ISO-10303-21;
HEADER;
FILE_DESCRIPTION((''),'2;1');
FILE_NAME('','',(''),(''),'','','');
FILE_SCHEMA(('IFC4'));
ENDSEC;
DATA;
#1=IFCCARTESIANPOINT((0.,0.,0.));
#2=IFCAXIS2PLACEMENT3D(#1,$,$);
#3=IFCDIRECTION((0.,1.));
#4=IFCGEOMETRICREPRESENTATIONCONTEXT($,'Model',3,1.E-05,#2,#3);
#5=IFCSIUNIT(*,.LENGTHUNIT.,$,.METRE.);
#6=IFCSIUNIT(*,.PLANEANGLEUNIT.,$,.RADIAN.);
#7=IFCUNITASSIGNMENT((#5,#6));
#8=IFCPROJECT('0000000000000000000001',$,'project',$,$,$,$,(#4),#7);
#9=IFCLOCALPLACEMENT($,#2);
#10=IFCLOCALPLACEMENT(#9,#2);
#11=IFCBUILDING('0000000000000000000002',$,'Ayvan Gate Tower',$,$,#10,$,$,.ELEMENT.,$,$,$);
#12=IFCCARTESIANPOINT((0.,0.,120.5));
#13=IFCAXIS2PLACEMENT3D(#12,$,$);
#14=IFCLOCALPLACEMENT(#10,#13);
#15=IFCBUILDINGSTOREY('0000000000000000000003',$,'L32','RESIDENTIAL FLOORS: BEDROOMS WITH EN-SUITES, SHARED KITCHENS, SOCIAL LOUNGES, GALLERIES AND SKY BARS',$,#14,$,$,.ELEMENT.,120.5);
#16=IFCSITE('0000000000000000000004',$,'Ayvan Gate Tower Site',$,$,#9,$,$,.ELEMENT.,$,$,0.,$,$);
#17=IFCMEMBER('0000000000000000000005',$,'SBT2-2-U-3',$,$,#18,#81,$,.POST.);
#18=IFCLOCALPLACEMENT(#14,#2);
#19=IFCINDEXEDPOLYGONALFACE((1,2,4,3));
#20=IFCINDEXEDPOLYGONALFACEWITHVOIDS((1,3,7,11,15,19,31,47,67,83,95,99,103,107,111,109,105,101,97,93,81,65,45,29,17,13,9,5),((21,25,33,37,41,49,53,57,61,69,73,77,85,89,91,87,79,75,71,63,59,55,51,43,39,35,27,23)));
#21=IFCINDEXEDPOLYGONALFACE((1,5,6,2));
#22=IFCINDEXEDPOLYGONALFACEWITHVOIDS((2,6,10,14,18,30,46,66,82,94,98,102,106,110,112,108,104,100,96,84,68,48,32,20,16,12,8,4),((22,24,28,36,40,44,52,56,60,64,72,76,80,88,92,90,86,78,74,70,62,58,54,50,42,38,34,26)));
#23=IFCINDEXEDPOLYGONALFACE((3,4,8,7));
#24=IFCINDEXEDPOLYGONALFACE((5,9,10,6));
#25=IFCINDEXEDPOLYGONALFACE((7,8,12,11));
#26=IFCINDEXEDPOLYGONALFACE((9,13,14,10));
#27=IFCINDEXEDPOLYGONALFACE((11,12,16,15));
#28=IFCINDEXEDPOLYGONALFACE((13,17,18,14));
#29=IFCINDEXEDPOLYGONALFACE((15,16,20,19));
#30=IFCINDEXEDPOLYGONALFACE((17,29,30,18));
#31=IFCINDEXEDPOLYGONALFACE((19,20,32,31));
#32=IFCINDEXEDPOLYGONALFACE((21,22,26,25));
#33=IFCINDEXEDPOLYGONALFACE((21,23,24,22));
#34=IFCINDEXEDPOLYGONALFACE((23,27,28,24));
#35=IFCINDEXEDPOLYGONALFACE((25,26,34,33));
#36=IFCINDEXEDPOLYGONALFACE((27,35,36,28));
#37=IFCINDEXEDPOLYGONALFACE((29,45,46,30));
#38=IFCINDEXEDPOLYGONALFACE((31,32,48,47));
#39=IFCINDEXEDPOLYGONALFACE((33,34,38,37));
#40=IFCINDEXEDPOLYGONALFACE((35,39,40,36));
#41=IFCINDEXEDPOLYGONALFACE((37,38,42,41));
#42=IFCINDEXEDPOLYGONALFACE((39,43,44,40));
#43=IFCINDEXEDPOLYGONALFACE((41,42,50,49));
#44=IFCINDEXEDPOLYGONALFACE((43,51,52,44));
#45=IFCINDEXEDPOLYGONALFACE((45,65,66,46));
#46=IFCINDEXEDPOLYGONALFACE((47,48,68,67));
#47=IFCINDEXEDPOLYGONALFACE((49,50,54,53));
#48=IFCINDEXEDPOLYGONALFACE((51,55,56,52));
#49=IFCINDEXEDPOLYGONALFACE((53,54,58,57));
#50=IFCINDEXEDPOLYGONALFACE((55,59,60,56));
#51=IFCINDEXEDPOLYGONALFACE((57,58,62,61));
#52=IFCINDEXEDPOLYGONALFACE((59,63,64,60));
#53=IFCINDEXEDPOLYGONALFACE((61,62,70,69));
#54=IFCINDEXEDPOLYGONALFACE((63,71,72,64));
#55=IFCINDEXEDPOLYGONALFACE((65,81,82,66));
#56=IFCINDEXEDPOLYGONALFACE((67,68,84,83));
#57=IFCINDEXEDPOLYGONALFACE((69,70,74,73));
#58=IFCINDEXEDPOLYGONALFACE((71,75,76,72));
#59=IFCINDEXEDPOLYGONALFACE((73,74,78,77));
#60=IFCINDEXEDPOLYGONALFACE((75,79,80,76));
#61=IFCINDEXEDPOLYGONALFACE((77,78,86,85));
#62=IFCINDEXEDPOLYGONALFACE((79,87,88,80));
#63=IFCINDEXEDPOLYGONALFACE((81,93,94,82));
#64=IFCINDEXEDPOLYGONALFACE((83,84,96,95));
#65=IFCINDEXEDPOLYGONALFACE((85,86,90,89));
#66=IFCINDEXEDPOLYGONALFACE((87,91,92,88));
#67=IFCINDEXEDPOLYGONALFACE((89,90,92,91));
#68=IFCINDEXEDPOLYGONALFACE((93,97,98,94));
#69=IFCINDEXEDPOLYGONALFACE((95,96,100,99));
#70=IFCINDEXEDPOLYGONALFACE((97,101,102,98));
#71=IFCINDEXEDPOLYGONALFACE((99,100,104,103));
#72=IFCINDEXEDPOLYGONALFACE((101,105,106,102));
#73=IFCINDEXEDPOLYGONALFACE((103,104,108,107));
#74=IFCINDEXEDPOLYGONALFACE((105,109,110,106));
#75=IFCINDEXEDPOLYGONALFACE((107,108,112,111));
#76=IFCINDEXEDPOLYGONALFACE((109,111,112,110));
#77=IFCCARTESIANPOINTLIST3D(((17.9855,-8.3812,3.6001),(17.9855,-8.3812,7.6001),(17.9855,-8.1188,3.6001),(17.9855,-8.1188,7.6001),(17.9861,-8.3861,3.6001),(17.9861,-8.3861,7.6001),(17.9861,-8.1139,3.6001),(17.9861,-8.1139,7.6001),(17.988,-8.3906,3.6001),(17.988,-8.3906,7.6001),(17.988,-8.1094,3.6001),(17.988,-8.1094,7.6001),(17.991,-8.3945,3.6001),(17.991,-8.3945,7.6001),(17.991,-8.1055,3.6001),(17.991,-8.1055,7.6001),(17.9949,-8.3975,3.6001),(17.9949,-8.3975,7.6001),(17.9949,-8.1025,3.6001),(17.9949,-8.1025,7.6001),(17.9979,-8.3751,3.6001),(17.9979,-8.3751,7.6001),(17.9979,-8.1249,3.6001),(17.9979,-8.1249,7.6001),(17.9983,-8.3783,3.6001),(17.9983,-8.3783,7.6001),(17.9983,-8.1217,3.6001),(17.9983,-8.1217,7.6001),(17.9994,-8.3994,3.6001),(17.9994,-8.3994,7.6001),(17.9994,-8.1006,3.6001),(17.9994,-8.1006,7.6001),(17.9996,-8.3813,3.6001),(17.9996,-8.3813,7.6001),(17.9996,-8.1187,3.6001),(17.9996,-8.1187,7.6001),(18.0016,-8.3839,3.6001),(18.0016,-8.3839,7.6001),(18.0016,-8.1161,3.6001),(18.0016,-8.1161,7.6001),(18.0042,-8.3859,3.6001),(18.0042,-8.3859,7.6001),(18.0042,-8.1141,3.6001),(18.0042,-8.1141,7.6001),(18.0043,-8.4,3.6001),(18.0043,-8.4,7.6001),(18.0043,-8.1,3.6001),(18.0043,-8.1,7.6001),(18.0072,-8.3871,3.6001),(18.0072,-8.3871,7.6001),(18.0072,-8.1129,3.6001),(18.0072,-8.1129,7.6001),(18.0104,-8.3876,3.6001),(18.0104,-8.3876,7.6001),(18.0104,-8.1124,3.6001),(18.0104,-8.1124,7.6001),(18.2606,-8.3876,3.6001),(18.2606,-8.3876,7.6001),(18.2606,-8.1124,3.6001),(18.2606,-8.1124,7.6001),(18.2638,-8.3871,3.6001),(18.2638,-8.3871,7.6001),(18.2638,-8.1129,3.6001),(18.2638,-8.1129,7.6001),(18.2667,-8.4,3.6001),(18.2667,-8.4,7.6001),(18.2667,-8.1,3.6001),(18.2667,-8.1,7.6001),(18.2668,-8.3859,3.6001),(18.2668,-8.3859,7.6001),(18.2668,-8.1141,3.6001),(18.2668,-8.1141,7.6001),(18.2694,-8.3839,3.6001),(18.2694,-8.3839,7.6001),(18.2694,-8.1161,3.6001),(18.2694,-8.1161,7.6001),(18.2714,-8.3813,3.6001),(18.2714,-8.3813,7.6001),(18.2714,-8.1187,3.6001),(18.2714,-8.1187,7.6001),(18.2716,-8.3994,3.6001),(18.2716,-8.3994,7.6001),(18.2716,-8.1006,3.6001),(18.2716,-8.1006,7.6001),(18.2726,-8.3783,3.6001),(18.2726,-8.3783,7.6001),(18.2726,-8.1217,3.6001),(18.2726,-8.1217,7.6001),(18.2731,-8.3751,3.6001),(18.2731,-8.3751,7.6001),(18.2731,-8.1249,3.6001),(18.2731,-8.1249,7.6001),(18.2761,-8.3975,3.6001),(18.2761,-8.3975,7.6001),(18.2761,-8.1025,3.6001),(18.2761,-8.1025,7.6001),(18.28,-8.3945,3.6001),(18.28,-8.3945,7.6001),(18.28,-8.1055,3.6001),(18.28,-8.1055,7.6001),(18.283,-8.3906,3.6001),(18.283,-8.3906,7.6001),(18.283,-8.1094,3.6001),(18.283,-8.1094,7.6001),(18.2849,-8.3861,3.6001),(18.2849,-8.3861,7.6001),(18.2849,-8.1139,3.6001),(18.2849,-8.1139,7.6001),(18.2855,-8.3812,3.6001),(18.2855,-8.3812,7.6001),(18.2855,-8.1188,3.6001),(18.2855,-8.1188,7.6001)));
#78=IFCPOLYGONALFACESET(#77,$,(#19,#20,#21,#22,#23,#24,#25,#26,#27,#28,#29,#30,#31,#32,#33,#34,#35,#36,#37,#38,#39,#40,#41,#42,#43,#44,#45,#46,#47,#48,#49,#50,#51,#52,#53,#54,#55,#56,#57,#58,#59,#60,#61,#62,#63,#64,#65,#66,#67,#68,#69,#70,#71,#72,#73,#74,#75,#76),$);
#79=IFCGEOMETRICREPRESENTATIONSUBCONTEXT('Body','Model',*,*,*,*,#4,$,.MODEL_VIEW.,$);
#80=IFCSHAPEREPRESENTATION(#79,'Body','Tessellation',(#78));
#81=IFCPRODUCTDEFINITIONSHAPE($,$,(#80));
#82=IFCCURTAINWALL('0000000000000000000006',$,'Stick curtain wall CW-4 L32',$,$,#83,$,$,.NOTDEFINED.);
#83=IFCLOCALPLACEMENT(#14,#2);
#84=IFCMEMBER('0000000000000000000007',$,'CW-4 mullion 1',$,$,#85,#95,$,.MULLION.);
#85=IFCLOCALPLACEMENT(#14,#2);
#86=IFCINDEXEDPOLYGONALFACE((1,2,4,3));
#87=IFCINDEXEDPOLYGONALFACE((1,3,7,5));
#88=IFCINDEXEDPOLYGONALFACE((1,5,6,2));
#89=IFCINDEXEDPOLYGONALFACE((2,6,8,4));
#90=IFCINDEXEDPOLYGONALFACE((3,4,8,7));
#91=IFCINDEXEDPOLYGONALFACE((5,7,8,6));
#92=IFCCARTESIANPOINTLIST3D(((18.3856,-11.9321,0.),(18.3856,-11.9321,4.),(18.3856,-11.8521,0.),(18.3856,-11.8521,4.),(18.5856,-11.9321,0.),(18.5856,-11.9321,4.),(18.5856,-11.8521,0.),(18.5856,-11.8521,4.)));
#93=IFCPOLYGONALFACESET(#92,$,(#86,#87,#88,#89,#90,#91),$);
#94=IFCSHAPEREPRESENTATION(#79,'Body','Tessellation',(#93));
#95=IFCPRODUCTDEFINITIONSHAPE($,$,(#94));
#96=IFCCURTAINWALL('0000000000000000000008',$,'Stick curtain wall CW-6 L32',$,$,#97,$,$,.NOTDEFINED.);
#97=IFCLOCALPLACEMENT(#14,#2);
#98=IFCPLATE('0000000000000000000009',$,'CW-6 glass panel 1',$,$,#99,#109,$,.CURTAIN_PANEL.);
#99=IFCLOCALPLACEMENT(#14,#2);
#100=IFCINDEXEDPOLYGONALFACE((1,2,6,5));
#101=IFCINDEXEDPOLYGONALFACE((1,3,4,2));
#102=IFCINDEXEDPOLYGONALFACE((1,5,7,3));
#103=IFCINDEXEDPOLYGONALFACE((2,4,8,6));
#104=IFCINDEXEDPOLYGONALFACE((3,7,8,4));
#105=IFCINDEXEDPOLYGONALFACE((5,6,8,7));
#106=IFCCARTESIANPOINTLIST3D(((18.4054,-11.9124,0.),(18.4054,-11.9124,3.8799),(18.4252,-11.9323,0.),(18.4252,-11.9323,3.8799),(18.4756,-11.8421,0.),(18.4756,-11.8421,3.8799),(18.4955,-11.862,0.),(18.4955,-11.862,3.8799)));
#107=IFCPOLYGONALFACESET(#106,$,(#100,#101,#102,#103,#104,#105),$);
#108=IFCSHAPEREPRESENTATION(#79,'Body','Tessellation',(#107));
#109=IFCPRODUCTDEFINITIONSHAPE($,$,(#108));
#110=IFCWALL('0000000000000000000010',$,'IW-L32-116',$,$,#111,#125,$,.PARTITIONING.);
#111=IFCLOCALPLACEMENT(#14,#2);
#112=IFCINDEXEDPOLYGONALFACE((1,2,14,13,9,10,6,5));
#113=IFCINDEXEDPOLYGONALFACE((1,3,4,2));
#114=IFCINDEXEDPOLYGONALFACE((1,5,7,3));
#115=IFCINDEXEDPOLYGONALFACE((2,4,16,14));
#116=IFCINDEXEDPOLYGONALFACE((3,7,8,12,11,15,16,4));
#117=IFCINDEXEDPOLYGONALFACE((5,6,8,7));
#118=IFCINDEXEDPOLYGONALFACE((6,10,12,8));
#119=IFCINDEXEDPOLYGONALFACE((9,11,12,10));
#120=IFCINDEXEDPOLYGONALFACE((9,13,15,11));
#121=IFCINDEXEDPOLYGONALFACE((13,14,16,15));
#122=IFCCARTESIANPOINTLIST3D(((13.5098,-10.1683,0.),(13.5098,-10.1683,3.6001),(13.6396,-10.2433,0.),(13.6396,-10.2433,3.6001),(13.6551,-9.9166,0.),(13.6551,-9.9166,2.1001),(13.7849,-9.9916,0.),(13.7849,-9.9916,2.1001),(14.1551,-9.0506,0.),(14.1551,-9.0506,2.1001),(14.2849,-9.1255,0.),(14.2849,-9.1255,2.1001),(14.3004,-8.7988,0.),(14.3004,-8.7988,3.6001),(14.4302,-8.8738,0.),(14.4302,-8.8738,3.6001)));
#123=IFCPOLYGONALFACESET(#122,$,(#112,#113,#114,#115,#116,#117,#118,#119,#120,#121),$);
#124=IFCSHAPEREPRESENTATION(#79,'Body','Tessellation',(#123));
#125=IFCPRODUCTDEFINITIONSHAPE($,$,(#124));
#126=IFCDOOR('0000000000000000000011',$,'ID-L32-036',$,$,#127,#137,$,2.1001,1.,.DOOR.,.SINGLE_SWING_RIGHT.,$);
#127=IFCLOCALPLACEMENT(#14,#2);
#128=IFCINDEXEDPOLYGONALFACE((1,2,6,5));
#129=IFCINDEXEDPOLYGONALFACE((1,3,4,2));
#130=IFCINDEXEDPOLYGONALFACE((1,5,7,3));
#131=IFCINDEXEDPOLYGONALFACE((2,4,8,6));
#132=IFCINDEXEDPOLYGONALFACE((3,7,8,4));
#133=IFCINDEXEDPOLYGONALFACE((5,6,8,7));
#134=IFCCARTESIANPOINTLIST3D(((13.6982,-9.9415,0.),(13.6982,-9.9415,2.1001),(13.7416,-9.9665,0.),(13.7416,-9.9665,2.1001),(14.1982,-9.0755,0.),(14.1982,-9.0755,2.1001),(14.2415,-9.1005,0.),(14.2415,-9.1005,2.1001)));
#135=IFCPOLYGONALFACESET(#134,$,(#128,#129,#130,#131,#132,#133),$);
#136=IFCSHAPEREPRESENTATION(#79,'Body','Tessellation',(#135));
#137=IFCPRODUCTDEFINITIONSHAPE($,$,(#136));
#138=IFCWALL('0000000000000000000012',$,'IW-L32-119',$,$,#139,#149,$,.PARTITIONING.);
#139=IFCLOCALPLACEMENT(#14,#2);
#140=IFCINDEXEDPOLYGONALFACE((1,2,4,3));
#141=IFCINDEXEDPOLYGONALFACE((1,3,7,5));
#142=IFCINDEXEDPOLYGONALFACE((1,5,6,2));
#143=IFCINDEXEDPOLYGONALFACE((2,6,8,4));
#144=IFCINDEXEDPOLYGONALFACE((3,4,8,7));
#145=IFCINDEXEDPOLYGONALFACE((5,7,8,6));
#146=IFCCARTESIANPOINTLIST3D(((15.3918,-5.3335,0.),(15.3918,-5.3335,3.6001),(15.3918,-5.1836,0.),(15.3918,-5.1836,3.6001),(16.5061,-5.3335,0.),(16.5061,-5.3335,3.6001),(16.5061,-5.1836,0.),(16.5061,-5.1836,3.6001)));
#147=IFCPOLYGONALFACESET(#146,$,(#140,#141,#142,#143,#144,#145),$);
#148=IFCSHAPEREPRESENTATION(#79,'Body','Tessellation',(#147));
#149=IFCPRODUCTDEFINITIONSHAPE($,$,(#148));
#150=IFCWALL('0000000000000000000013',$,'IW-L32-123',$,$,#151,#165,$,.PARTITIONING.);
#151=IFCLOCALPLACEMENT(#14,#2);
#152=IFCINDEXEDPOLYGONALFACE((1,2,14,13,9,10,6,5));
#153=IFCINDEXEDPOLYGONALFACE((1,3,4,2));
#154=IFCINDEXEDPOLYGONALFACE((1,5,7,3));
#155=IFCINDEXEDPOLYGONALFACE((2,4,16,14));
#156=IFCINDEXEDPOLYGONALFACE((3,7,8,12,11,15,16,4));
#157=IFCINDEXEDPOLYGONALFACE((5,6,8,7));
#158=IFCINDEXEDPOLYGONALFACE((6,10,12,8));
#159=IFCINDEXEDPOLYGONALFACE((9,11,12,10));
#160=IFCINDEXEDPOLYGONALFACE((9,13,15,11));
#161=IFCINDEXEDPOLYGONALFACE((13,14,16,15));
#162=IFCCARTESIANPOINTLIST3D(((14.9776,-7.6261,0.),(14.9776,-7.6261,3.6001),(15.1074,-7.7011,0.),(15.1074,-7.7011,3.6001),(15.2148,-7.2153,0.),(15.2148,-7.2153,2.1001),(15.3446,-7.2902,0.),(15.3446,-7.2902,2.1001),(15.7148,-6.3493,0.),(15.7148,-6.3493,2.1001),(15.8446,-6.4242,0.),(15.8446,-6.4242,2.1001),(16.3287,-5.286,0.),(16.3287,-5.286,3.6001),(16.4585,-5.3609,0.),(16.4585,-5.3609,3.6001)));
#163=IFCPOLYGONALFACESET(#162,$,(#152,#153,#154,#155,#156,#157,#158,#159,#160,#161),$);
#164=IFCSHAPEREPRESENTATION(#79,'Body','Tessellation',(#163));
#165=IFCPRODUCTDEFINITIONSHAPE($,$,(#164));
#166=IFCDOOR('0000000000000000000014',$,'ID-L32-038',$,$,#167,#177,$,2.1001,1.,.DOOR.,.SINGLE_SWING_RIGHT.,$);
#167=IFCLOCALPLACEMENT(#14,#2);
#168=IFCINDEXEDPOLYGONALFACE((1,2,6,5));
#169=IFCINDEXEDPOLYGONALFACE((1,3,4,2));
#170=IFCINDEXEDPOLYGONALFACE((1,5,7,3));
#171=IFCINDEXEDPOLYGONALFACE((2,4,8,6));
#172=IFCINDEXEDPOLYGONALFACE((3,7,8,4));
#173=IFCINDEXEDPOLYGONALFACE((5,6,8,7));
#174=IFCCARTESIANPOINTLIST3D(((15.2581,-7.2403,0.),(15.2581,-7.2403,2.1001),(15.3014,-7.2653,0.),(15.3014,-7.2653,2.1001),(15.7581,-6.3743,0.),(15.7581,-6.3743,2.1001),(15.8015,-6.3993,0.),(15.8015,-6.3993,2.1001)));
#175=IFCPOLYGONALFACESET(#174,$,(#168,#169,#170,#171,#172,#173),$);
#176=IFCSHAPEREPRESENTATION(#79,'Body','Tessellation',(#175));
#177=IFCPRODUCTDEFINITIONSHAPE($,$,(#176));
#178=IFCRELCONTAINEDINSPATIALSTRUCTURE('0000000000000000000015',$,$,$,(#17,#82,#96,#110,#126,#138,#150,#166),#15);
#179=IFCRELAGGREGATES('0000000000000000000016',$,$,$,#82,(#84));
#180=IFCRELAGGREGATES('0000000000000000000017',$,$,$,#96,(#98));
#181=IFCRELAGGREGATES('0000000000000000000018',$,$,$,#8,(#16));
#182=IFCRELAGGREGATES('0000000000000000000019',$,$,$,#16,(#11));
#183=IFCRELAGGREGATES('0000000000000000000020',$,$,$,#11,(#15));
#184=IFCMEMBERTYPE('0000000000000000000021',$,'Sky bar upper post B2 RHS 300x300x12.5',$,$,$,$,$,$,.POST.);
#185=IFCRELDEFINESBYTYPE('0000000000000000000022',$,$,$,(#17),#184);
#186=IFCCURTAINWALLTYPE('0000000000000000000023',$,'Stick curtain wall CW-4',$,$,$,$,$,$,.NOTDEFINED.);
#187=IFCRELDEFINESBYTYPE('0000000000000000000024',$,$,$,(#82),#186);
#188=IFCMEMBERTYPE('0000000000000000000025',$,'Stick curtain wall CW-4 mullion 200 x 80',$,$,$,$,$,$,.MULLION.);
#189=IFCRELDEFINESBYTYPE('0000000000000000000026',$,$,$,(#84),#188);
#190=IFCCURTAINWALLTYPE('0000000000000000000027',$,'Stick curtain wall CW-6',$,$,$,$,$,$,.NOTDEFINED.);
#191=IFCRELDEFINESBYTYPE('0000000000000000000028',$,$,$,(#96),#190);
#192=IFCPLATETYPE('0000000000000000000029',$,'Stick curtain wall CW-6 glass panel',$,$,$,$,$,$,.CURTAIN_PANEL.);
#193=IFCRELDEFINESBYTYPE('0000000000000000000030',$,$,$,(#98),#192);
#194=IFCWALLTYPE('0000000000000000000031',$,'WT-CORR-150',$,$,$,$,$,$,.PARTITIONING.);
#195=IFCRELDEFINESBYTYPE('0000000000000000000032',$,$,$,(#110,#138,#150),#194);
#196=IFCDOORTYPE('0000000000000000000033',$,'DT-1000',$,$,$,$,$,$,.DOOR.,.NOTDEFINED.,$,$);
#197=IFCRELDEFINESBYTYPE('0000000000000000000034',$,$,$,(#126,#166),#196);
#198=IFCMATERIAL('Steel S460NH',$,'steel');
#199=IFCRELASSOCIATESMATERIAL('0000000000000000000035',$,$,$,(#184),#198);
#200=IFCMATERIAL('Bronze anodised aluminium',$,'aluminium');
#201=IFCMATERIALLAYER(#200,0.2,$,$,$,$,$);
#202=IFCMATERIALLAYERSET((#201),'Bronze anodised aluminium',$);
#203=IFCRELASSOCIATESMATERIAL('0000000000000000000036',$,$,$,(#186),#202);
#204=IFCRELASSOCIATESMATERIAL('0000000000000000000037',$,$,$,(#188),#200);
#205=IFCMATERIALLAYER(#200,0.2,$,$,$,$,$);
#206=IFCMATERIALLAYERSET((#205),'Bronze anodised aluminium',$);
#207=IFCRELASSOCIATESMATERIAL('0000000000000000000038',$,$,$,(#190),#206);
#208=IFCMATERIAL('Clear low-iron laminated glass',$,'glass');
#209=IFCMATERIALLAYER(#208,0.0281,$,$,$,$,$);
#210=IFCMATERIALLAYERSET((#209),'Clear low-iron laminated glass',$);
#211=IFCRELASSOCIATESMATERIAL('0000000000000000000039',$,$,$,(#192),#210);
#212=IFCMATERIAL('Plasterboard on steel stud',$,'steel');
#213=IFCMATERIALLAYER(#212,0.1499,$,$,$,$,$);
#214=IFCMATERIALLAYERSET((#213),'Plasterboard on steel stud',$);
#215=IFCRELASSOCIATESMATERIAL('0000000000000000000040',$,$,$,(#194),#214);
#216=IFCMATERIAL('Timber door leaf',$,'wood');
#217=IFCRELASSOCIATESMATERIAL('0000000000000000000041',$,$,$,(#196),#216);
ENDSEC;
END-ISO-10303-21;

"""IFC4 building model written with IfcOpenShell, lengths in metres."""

from ifc_helpers import new_model, si_unit, direction, frame, frame_2d, origin, origin_2d, place, context, subcontext, project, spatial, rectangle, hollow_rectangle, extrude, material, layer, layer_set, material_profile, profile_set, type_object, element, fill, aggregate, save


model = new_model("IFC4")

# Units and contexts
model_context = context("Model", 3, precision=1e-05, world=origin(), true_north=direction((0.0, 1.0)))
body_context = subcontext(model_context, "Body", "Model", "MODEL_VIEW")
ifc_project = project(units=[si_unit("LENGTHUNIT", "METRE"), si_unit("PLANEANGLEUNIT", "RADIAN")], contexts=[model_context])

# Site, building, storey
site_placement = place(None, origin())
site = spatial("IfcSite", under=ifc_project, at=site_placement, Name="Ayvan Gate Tower Site", CompositionType="ELEMENT", RefElevation=0.0)
building_placement = place(site_placement, origin())
building = spatial("IfcBuilding", under=site, at=building_placement, Name="Ayvan Gate Tower", CompositionType="ELEMENT")
storey_placement = place(building_placement, frame((0.0, 0.0, 120.5)))
storey = spatial("IfcBuildingStorey", under=building, at=storey_placement, Name="L32", Description="RESIDENTIAL FLOORS: BEDROOMS WITH EN-SUITES, SHARED KITCHENS, SOCIAL LOUNGES, GALLERIES AND SKY BARS", CompositionType="ELEMENT", Elevation=120.5)

# Member
ifc_material_1 = material(Name="Steel S460NH", Category="steel")
ifc_material_profile_1 = material_profile(ifc_material_1, hollow_rectangle(XDim=0.3, YDim=0.3, WallThickness=0.0125, InnerFilletRadius=0.0125, OuterFilletRadius=0.0188, at=origin_2d()), Name="RHS 300x300x12.5")
ifc_profile_set_1 = profile_set([ifc_material_profile_1], Name="Steel S460NH")
member_type_1 = type_object("IfcMemberType", Name="Sky bar upper post B2 RHS 300x300x12.5", PredefinedType="POST", material=ifc_profile_set_1)
for number, where, z_axis, x_axis, name in (
    (1, (18.1355, -8.25, 3.6001), (0.0, 0.0, 1.0), (1.0, 0.0, 0.0), "SBT2-2-U-3"),
):
    element("IfcMember", number, at=place(storey_placement, frame(where, z_axis=z_axis, x_axis=x_axis)), inside=storey, type_object=member_type_1, Name=name, PredefinedType="POST", context=body_context, shape_type="SweptSolid", body=[
        extrude(hollow_rectangle(XDim=0.3, YDim=0.3, WallThickness=0.0125, InnerFilletRadius=0.0125, OuterFilletRadius=0.0188, at=origin_2d()), origin(), (0.0, 0.0, 1.0), 4.0),
    ])

# Curtain wall, member
ifc_material_2 = material(Name="Bronze anodised aluminium", Category="aluminium")
ifc_layer_1 = layer(ifc_material_2, 0.2)
ifc_layer_set_1 = layer_set([ifc_layer_1], Name="Bronze anodised aluminium")
curtain_wall_type_1 = type_object("IfcCurtainWallType", Name="Stick curtain wall CW-4", PredefinedType="NOTDEFINED", material=ifc_layer_set_1)
curtain_wall_1_placement = place(storey_placement, origin())
curtain_wall_1 = element("IfcCurtainWall", 2, at=curtain_wall_1_placement, inside=storey, type_object=curtain_wall_type_1, Name="Stick curtain wall CW-4 L32", PredefinedType="NOTDEFINED")
ifc_material_profile_2 = material_profile(ifc_material_2, rectangle(XDim=0.2, YDim=0.0801, at=origin_2d()), Name="Stick curtain wall CW-4 mullion 200 x 80")
ifc_profile_set_2 = profile_set([ifc_material_profile_2], Name="Bronze anodised aluminium")
member_type_2 = type_object("IfcMemberType", Name="Stick curtain wall CW-4 mullion 200 x 80", PredefinedType="MULLION", material=ifc_profile_set_2)
member_1_placement = place(storey_placement, frame((18.4856, -11.8921, 0.0), z_axis=(0.0, 0.0, 1.0), x_axis=(-1.0, 0.0, 0.0)))
member_1 = element("IfcMember", 3, at=member_1_placement, type_object=member_type_2, Name="CW-4 mullion 1", PredefinedType="MULLION", context=body_context, shape_type="SweptSolid", body=[
    extrude(rectangle(XDim=0.2, YDim=0.0801, at=origin_2d()), origin(), (0.0, 0.0, 1.0), 4.0),
])
aggregate(curtain_wall_1, [member_1])

# Curtain wall, plate
ifc_layer_2 = layer(ifc_material_2, 0.2)
ifc_layer_set_2 = layer_set([ifc_layer_2], Name="Bronze anodised aluminium")
curtain_wall_type_2 = type_object("IfcCurtainWallType", Name="Stick curtain wall CW-6", PredefinedType="NOTDEFINED", material=ifc_layer_set_2)
curtain_wall_2_placement = place(storey_placement, origin())
curtain_wall_2 = element("IfcCurtainWall", 4, at=curtain_wall_2_placement, inside=storey, type_object=curtain_wall_type_2, Name="Stick curtain wall CW-6 L32", PredefinedType="NOTDEFINED")
ifc_material_3 = material(Name="Clear low-iron laminated glass", Category="glass")
ifc_layer_3 = layer(ifc_material_3, 0.0281)
ifc_layer_set_3 = layer_set([ifc_layer_3], Name="Clear low-iron laminated glass")
plate_type = type_object("IfcPlateType", Name="Stick curtain wall CW-6 glass panel", PredefinedType="CURTAIN_PANEL", material=ifc_layer_set_3)
plate_placement = place(storey_placement, frame((18.4504, -11.8872, 0.0), z_axis=(0.0, 0.0, 1.0), x_axis=(0.707107, 0.707107, 0.0)))
plate = element("IfcPlate", 5, at=plate_placement, type_object=plate_type, Name="CW-6 glass panel 1", PredefinedType="CURTAIN_PANEL", context=body_context, shape_type="SweptSolid", body=[
    extrude(rectangle(XDim=0.0994, YDim=0.0281, at=origin_2d()), origin(), (0.0, 0.0, 1.0), 3.8799),
])
aggregate(curtain_wall_2, [plate])

# Wall, opening, door
ifc_material_4 = material(Name="Plasterboard on steel stud", Category="steel")
ifc_layer_4 = layer(ifc_material_4, 0.1499)
ifc_layer_set_4 = layer_set([ifc_layer_4], Name="Plasterboard on steel stud")
wall_type_1 = type_object("IfcWallType", Name="WT-CORR-150", PredefinedType="PARTITIONING", material=ifc_layer_set_4)
wall_1_placement = place(storey_placement, frame((14.3652, -8.8364, 0.0), z_axis=(0.0, 0.0, 1.0), x_axis=(-0.499959, -0.866049, 0.0)))
wall_1 = element("IfcWall", 6, at=wall_1_placement, inside=storey, type_object=wall_type_1, Name="IW-L32-116", PredefinedType="PARTITIONING", context=body_context, shape_type="SweptSolid", body=[
    extrude(rectangle(XDim=1.5813, YDim=0.1499, at=frame_2d((0.7905, 0.0))), origin(), (0.0, 0.0, 1.0), 3.6001),
])
opening_1_placement = place(wall_1_placement, frame((0.2905, 0.0, 0.0)))
opening_1 = element("IfcOpeningElement", 7, at=opening_1_placement, cuts=wall_1, PredefinedType="OPENING", context=body_context, shape_type="SweptSolid", body=[
    extrude(rectangle(XDim=1.0, YDim=2.1001, at=frame_2d((0.5, 1.05))), frame((0.0, 0.085, 0.0), z_axis=(0.0, -1.0, 0.0), x_axis=(1.0, 0.0, 0.0)), (0.0, 0.0, 1.0), 0.1699),
])
ifc_material_5 = material(Name="Timber door leaf", Category="wood")
door_type_1 = type_object("IfcDoorType", Name="DT-1000", OperationType="NOTDEFINED", PredefinedType="DOOR", material=ifc_material_5)
door_1_placement = place(opening_1_placement, origin())
door_1 = element("IfcDoor", 8, at=door_1_placement, inside=storey, type_object=door_type_1, Name="ID-L32-036", OperationType="SINGLE_SWING_RIGHT", OverallHeight=2.1001, OverallWidth=1.0, PredefinedType="DOOR", context=body_context, shape_type="SweptSolid", body=[
    extrude(rectangle(XDim=1.0, YDim=2.1001, at=frame_2d((0.5, 1.05))), frame((0.0, 0.0249, 0.0), z_axis=(0.0, -1.0, 0.0), x_axis=(1.0, 0.0, 0.0)), (0.0, 0.0, 1.0), 0.05),
])
fill(opening_1, door_1)

# Wall
wall_2_placement = place(storey_placement, frame((15.3918, -5.2585, 0.0), z_axis=(0.0, 0.0, 1.0), x_axis=(1.0, 0.0, 0.0)))
element("IfcWall", 9, at=wall_2_placement, inside=storey, type_object=wall_type_1, Name="IW-L32-119", PredefinedType="PARTITIONING", context=body_context, shape_type="SweptSolid", body=[
    extrude(rectangle(XDim=1.1143, YDim=0.1499, at=frame_2d((0.5571, 0.0))), origin(), (0.0, 0.0, 1.0), 3.6001),
])

# Wall, opening, door
wall_3_placement = place(storey_placement, frame((15.0425, -7.6636, 0.0), z_axis=(0.0, 0.0, 1.0), x_axis=(0.500007, 0.866022, 0.0)))
wall_3 = element("IfcWall", 10, at=wall_3_placement, inside=storey, type_object=wall_type_1, Name="IW-L32-123", PredefinedType="PARTITIONING", context=body_context, shape_type="SweptSolid", body=[
    extrude(rectangle(XDim=2.7021, YDim=0.1499, at=frame_2d((1.3511, 0.0))), origin(), (0.0, 0.0, 1.0), 3.6001),
])
opening_2_placement = place(wall_3_placement, frame((0.4744, 0.0, 0.0)))
opening_2 = element("IfcOpeningElement", 11, at=opening_2_placement, cuts=wall_3, PredefinedType="OPENING", context=body_context, shape_type="SweptSolid", body=[
    extrude(rectangle(XDim=1.0, YDim=2.1001, at=frame_2d((0.5, 1.05))), frame((0.0, 0.085, 0.0), z_axis=(0.0, -1.0, 0.0), x_axis=(1.0, 0.0, 0.0)), (0.0, 0.0, 1.0), 0.1699),
])
door_2_placement = place(opening_2_placement, origin())
door_2 = element("IfcDoor", 12, at=door_2_placement, inside=storey, type_object=door_type_1, Name="ID-L32-038", OperationType="SINGLE_SWING_RIGHT", OverallHeight=2.1001, OverallWidth=1.0, PredefinedType="DOOR", context=body_context, shape_type="SweptSolid", body=[
    extrude(rectangle(XDim=1.0, YDim=2.1001, at=frame_2d((0.5, 1.05))), frame((0.0, 0.0249, 0.0), z_axis=(0.0, -1.0, 0.0), x_axis=(1.0, 0.0, 0.0)), (0.0, 0.0, 1.0), 0.05),
])
fill(opening_2, door_2)

save(model, "model.ifc")
